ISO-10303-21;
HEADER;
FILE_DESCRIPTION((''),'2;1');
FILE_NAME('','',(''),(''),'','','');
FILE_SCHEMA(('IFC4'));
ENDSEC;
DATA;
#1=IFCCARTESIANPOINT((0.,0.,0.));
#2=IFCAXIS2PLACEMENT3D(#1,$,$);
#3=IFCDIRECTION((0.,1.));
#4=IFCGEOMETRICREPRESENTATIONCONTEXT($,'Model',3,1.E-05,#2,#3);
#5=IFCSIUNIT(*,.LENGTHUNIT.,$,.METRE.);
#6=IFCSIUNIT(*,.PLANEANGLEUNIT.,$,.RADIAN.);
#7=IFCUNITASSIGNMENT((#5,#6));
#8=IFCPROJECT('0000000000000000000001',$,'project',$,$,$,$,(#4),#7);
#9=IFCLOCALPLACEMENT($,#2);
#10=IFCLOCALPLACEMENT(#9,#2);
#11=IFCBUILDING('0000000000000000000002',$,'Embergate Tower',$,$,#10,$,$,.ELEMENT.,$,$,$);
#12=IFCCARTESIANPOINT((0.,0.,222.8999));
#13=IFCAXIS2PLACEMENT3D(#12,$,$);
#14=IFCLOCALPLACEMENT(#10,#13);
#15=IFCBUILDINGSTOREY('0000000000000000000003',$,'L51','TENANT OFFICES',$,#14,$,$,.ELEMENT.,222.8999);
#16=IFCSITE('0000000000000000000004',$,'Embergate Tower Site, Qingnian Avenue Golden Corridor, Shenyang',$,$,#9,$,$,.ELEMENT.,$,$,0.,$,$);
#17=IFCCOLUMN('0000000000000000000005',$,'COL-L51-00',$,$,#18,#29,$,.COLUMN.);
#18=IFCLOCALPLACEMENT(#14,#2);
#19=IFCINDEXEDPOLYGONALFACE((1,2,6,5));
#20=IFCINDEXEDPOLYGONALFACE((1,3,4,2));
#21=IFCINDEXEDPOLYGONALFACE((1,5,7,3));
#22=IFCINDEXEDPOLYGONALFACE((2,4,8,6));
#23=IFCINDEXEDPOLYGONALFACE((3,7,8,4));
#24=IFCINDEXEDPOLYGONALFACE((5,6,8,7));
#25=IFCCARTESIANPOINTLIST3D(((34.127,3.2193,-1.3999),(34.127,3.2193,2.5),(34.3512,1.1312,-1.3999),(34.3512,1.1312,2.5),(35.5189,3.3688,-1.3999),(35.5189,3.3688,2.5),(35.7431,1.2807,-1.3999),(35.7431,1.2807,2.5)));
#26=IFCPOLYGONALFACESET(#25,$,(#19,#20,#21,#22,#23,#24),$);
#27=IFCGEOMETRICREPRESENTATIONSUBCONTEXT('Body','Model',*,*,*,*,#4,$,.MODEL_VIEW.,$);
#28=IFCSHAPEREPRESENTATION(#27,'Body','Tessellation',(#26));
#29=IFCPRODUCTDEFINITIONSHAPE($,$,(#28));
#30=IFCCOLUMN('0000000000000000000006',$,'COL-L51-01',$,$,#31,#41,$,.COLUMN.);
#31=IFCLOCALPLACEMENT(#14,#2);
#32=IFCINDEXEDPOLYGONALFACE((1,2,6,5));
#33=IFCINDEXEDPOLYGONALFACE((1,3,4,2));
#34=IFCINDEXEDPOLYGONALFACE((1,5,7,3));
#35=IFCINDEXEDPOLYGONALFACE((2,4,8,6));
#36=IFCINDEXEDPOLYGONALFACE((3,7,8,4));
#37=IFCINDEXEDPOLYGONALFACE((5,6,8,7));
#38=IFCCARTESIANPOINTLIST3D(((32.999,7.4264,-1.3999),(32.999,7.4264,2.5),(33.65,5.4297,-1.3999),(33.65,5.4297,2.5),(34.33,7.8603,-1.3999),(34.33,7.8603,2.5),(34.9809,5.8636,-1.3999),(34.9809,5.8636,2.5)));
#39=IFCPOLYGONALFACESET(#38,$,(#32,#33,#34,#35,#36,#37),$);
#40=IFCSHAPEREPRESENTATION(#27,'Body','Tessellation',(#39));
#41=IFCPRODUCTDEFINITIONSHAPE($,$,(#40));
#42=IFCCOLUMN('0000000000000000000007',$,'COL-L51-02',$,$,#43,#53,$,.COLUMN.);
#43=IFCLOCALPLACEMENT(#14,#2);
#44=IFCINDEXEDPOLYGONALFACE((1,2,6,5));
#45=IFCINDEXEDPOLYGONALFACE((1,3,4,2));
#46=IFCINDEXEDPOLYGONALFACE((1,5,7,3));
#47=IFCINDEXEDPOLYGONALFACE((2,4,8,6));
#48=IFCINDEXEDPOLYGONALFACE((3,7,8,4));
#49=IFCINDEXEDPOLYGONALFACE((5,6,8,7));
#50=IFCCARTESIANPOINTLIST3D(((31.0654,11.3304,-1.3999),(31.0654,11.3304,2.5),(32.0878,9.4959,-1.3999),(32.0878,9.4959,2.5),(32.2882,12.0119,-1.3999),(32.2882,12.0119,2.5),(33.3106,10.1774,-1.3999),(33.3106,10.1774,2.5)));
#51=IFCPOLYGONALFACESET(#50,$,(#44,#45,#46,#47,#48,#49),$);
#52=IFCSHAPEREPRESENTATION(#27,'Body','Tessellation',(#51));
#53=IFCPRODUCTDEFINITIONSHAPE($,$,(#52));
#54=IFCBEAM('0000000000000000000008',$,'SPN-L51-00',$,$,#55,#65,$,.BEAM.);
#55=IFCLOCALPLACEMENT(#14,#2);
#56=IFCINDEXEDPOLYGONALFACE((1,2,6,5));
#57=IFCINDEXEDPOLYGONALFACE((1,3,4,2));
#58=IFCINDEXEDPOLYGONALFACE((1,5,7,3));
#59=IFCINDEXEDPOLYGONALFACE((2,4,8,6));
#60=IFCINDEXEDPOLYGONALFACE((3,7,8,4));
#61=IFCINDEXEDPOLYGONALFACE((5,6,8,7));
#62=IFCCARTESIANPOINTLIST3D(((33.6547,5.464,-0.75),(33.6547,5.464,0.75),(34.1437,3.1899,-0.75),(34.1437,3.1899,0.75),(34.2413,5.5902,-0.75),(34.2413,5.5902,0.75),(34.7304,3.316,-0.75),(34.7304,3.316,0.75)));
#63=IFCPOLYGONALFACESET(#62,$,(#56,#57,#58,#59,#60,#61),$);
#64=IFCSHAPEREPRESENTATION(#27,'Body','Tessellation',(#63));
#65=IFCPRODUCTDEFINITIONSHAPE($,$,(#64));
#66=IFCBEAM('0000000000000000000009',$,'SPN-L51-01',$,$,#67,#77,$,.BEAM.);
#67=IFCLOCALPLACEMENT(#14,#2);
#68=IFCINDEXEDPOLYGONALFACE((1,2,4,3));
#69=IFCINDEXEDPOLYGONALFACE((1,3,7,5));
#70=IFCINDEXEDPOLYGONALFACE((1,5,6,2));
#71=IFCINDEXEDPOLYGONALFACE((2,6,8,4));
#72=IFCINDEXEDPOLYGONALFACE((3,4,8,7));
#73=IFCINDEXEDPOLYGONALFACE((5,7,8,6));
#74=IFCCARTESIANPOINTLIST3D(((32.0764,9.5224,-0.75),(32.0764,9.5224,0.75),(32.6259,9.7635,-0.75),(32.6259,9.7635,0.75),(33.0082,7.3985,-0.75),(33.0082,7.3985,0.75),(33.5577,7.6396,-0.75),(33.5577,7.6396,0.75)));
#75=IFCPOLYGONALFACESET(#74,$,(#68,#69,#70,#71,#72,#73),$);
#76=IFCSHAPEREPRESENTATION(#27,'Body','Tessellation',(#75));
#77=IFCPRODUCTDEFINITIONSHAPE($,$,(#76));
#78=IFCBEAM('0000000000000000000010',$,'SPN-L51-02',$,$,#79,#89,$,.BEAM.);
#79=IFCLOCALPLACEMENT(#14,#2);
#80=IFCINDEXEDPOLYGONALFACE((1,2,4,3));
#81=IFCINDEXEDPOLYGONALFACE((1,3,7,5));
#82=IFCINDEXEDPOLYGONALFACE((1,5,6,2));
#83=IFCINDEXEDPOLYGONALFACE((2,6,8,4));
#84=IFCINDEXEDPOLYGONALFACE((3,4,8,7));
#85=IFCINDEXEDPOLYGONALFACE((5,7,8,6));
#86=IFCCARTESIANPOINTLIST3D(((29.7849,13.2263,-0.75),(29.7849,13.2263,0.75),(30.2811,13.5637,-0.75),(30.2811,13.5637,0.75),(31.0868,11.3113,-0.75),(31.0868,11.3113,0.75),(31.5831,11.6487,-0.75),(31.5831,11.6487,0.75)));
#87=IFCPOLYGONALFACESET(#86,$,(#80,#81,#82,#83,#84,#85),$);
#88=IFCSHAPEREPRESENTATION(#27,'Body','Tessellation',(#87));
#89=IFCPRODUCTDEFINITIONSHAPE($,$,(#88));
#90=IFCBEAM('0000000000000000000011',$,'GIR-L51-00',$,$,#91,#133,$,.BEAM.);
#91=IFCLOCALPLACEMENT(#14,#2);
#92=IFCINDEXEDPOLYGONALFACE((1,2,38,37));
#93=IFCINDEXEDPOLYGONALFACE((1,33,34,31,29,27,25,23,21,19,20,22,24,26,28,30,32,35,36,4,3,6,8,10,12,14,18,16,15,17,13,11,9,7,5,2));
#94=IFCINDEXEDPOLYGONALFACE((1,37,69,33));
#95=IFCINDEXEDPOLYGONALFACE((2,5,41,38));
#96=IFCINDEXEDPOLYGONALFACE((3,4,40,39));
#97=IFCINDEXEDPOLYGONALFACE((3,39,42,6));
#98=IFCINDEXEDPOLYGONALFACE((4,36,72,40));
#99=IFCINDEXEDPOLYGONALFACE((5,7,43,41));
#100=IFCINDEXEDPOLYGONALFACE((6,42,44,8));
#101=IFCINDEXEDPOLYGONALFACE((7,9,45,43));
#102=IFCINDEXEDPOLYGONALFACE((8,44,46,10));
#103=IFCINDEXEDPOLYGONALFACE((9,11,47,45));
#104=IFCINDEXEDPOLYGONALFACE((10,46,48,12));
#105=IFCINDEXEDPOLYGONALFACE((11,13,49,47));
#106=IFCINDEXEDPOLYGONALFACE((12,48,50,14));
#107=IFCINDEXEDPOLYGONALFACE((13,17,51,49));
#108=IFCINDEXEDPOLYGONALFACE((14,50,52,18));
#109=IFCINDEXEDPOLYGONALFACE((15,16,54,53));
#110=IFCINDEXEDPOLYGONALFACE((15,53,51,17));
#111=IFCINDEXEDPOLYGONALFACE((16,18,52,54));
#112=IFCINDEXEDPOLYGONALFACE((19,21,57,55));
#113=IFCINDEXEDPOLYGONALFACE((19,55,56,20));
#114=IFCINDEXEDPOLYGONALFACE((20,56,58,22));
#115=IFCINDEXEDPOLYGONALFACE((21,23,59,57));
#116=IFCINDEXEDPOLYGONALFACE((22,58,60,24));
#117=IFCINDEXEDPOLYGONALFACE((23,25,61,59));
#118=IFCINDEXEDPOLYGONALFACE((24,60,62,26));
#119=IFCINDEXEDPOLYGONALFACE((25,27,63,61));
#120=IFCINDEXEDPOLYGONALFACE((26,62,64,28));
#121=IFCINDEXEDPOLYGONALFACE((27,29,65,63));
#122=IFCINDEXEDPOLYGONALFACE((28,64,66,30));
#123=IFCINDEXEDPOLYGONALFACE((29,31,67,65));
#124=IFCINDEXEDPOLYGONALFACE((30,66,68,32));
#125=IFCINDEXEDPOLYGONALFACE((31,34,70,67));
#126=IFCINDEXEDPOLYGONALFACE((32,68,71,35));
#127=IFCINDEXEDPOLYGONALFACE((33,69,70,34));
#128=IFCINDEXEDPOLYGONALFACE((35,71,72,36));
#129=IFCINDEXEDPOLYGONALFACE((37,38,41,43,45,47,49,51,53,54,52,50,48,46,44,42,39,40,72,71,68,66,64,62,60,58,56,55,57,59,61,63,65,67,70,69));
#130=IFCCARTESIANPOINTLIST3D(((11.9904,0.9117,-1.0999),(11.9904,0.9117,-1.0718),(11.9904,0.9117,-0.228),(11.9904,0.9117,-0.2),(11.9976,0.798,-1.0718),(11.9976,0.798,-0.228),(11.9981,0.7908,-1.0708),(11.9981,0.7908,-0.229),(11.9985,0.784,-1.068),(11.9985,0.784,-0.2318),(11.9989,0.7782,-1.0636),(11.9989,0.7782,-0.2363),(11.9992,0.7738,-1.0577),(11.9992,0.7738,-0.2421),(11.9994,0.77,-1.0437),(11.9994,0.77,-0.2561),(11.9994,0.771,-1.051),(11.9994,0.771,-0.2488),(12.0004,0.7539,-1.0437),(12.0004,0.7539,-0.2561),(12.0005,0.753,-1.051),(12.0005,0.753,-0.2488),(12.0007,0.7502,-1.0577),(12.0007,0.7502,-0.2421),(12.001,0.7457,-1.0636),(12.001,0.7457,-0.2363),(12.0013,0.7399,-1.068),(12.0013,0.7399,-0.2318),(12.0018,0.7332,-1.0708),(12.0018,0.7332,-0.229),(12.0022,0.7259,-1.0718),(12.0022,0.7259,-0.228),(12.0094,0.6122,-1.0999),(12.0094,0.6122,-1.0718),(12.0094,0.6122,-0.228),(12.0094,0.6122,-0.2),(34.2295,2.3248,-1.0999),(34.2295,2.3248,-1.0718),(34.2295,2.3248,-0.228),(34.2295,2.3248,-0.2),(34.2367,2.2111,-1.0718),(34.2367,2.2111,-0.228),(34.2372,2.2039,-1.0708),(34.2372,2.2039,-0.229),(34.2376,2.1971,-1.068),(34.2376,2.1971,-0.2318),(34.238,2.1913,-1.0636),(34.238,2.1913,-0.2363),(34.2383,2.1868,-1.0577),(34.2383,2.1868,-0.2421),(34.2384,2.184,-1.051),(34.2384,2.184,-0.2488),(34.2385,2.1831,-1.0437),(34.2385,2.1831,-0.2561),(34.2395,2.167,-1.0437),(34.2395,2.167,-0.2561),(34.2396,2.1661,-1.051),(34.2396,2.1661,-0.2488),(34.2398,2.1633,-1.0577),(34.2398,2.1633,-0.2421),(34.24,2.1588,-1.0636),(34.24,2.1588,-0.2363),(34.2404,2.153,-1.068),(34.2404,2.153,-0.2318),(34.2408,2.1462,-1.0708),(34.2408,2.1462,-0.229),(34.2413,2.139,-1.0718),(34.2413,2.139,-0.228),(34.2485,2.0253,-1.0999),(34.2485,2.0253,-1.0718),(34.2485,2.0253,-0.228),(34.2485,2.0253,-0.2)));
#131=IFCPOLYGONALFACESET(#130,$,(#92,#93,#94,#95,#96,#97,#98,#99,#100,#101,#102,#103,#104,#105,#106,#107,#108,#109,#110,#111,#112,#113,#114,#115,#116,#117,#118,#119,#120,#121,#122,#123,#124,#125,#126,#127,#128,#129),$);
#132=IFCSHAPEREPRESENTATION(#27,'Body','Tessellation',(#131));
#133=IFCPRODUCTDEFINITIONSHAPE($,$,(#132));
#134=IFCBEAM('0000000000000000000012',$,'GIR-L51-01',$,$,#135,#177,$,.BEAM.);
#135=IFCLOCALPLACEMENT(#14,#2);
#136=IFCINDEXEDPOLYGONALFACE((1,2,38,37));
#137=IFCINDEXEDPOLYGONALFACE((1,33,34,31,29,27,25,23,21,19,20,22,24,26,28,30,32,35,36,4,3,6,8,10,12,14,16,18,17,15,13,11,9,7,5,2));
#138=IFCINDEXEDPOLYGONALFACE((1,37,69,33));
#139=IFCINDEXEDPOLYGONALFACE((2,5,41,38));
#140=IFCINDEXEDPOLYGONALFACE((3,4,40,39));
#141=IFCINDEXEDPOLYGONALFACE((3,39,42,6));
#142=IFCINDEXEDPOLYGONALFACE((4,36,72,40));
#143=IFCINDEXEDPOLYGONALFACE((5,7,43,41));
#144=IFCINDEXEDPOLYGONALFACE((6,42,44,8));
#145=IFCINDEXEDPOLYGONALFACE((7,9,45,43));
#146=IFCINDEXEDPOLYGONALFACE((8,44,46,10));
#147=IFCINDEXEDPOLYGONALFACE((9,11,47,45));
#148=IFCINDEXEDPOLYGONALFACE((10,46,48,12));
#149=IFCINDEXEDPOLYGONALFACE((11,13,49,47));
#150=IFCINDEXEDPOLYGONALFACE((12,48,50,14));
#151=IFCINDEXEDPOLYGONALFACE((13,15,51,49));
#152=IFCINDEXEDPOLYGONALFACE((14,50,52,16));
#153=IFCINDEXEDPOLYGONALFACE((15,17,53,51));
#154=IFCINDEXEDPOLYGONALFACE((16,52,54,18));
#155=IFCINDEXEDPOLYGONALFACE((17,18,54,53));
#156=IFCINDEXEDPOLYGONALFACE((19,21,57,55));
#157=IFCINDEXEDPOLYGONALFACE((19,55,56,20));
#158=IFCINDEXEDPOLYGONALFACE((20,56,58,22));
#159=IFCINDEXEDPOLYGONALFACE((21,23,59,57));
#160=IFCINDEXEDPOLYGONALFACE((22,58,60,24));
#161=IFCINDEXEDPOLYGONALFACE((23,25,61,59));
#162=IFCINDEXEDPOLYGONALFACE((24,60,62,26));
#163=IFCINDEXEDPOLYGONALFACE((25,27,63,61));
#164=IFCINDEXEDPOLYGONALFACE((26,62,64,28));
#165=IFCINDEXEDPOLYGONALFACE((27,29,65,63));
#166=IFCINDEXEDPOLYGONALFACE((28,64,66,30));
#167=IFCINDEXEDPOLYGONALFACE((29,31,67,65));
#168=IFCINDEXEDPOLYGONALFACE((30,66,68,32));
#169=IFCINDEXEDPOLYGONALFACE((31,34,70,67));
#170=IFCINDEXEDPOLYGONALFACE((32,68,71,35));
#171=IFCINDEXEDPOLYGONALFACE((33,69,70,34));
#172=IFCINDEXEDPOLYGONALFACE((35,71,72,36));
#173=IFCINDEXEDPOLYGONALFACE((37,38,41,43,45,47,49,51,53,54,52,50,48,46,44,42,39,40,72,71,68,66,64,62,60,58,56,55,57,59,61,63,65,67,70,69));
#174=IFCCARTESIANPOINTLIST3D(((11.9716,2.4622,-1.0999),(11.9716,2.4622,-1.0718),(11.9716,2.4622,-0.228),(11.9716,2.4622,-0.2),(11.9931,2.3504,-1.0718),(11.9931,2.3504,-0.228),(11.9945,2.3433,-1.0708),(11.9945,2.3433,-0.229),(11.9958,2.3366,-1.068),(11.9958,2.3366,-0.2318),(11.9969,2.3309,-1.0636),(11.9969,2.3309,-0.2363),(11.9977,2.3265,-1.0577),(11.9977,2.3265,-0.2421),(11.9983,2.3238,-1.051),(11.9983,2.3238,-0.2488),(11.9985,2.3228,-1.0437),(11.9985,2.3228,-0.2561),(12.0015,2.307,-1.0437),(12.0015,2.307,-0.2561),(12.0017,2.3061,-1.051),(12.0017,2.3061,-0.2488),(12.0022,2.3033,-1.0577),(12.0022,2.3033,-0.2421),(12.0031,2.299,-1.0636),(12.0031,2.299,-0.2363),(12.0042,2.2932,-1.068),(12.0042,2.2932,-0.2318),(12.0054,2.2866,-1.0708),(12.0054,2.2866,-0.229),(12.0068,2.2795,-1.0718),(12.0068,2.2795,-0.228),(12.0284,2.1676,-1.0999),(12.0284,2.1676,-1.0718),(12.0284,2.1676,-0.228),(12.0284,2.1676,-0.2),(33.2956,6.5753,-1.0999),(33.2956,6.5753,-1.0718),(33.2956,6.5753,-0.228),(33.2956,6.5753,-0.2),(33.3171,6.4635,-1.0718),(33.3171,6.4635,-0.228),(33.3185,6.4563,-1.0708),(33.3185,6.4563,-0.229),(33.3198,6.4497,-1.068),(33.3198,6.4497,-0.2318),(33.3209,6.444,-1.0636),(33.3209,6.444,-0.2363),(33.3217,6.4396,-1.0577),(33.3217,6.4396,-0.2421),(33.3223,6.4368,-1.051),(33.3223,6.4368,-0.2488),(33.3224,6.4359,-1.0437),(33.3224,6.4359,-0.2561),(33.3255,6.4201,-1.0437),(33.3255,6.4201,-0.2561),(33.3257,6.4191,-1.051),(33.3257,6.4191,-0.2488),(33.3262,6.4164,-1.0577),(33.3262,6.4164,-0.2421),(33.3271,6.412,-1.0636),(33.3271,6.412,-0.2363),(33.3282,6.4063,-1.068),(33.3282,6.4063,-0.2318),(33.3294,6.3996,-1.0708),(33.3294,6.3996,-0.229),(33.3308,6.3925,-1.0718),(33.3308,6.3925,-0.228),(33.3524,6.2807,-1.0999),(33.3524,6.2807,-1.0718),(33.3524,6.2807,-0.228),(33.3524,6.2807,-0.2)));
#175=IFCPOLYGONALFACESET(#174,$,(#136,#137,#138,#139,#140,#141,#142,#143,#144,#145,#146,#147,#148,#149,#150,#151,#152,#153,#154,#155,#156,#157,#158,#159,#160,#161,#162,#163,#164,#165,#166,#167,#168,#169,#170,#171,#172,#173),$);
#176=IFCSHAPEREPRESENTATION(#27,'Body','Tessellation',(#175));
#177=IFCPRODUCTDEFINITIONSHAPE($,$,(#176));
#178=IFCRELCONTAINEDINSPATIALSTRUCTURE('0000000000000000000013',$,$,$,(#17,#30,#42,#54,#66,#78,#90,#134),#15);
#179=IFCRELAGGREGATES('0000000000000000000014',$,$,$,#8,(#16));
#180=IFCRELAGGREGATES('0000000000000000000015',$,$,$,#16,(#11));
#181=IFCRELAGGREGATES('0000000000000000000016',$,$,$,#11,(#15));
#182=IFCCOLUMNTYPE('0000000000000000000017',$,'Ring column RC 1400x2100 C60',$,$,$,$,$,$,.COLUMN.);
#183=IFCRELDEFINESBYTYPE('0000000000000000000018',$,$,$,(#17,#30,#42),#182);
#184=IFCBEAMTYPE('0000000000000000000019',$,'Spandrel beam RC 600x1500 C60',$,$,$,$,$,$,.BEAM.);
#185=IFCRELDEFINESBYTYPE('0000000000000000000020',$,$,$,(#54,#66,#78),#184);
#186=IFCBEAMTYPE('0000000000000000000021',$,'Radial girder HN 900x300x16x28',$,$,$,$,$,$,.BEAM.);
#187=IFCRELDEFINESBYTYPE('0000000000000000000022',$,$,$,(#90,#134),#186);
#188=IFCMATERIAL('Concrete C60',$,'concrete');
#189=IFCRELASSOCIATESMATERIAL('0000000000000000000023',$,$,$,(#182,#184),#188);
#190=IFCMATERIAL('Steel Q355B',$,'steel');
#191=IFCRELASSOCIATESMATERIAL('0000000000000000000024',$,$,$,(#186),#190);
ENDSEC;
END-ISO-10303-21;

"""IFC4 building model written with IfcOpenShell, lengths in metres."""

from ifc_helpers import new_model, si_unit, direction, frame, origin, origin_2d, place, context, subcontext, project, spatial, rectangle, i_section, extrude, source, transform, mapped, material, material_profile, profile_set, type_object, element, save


model = new_model("IFC4")

# Units and contexts
model_context = context("Model", 3, precision=1e-05, world=origin(), true_north=direction((0.0, 1.0)))
body_context = subcontext(model_context, "Body", "Model", "MODEL_VIEW")
ifc_project = project(units=[si_unit("LENGTHUNIT", "METRE"), si_unit("PLANEANGLEUNIT", "RADIAN")], contexts=[model_context])

# Site, building, storey
site_placement = place(None, origin())
site = spatial("IfcSite", under=ifc_project, at=site_placement, Name="Embergate Tower Site, Qingnian Avenue Golden Corridor, Shenyang", CompositionType="ELEMENT", RefElevation=0.0)
building_placement = place(site_placement, origin())
building = spatial("IfcBuilding", under=site, at=building_placement, Name="Embergate Tower", CompositionType="ELEMENT")
storey_placement = place(building_placement, frame((0.0, 0.0, 222.8999)))
storey = spatial("IfcBuildingStorey", under=building, at=storey_placement, Name="L51", Description="TENANT OFFICES", CompositionType="ELEMENT", Elevation=222.8999)

# Columns
ifc_material_1 = material(Name="Concrete C60", Category="concrete")
ifc_material_profile_1 = material_profile(ifc_material_1, rectangle(XDim=1.3999, YDim=2.1001, at=origin_2d()), Name="RC 1400x2100")
ifc_profile_set_1 = profile_set([ifc_material_profile_1], Name="Concrete C60")
column_type = type_object("IfcColumnType", Name="Ring column RC 1400x2100 C60", PredefinedType="COLUMN", material=ifc_profile_set_1)
shared_shape_1 = source(origin(), body_context, "Body", "SweptSolid", [
    extrude(rectangle(XDim=1.3999, YDim=2.1001, at=origin_2d()), origin(), (0.0, 0.0, 1.0), 3.8999),
])
for number, where, z_axis, x_axis, name in (
    (1, (34.9351, 2.25, -1.3999), (0.0, 0.0, 1.0), (0.994286, 0.10675, 0.0), "COL-L51-00"),
    (2, (33.99, 6.645, -1.3999), (0.0, 0.0, 1.0), (0.950754, 0.309946, 0.0), "COL-L51-01"),
    (3, (32.188, 10.7539, -1.3999), (0.0, 0.0, 1.0), (0.8735, 0.486823, 0.0), "COL-L51-02"),
):
    element("IfcColumn", number, at=place(storey_placement, frame(where, z_axis=z_axis, x_axis=x_axis)), inside=storey, type_object=column_type, Name=name, PredefinedType="COLUMN", context=body_context, shape_type="MappedRepresentation", body=[
        mapped(shared_shape_1, transform((0.0, 0.0, 0.0))),
    ])

# Beams
ifc_material_profile_2 = material_profile(ifc_material_1, rectangle(XDim=0.6001, YDim=1.5, at=origin_2d()), Name="RC 600x1500")
ifc_profile_set_2 = profile_set([ifc_material_profile_2], Name="Concrete C60")
beam_type_1 = type_object("IfcBeamType", Name="Spandrel beam RC 600x1500 C60", PredefinedType="BEAM", material=ifc_profile_set_2)
shared_shape_2 = source(origin(), body_context, "Body", "SweptSolid", [
    extrude(rectangle(XDim=0.6001, YDim=1.5, at=origin_2d()), origin(), (0.0, 0.0, 1.0), 2.3262),
])
beam_1_placement = place(storey_placement, frame((34.437, 3.2529, 0.0), z_axis=(-0.210224, 0.977653, 0.0), x_axis=(-0.977653, -0.210224, 0.0)))
element("IfcBeam", 4, at=beam_1_placement, inside=storey, type_object=beam_type_1, Name="SPN-L51-00", PredefinedType="BEAM", context=body_context, shape_type="MappedRepresentation", body=[
    mapped(shared_shape_2, transform((0.0, 0.0, 0.0))),
])
shared_shape_3 = source(origin(), body_context, "Body", "SweptSolid", [
    extrude(rectangle(XDim=0.6001, YDim=1.5, at=origin_2d()), origin(), (0.0, 0.0, 1.0), 2.3193),
])
beam_2_placement = place(storey_placement, frame((33.283, 7.519, 0.0), z_axis=(-0.401768, 0.915741, 0.0), x_axis=(-0.915741, -0.401768, 0.0)))
element("IfcBeam", 5, at=beam_2_placement, inside=storey, type_object=beam_type_1, Name="SPN-L51-01", PredefinedType="BEAM", context=body_context, shape_type="MappedRepresentation", body=[
    mapped(shared_shape_3, transform((0.0, 0.0, 0.0))),
])
shared_shape_4 = source(origin(), body_context, "Body", "SweptSolid", [
    extrude(rectangle(XDim=0.6001, YDim=1.5, at=origin_2d()), origin(), (0.0, 0.0, 1.0), 2.3157),
])
beam_3_placement = place(storey_placement, frame((31.335, 11.48, 0.0), z_axis=(-0.562244, 0.826972, 0.0), x_axis=(-0.826972, -0.562244, 0.0)))
element("IfcBeam", 6, at=beam_3_placement, inside=storey, type_object=beam_type_1, Name="SPN-L51-02", PredefinedType="BEAM", context=body_context, shape_type="MappedRepresentation", body=[
    mapped(shared_shape_4, transform((0.0, 0.0, 0.0))),
])
ifc_material_2 = material(Name="Steel Q355B", Category="steel")
ifc_material_profile_3 = material_profile(ifc_material_2, i_section(OverallWidth=0.3, OverallDepth=0.8999, WebThickness=0.0161, FlangeThickness=0.0281, FilletRadius=0.0281, at=origin_2d()), Name="HN 900x300x16x28")
ifc_profile_set_3 = profile_set([ifc_material_profile_3], Name="Steel Q355 grade B")
beam_type_2 = type_object("IfcBeamType", Name="Radial girder HN 900x300x16x28", PredefinedType="BEAM", material=ifc_profile_set_3)
shared_shape_5 = source(origin(), body_context, "Body", "SweptSolid", [
    extrude(i_section(OverallWidth=0.3, OverallDepth=0.8999, WebThickness=0.0161, FlangeThickness=0.0281, FilletRadius=0.0281, at=origin_2d()), origin(), (0.0, 0.0, 1.0), 22.2839),
])
beam_4_placement = place(storey_placement, frame((34.239, 2.175, -0.6499), z_axis=(-0.997987, -0.063413, 0.0), x_axis=(0.063413, -0.997987, 0.0)))
element("IfcBeam", 7, at=beam_4_placement, inside=storey, type_object=beam_type_2, Name="GIR-L51-00", PredefinedType="BEAM", context=body_context, shape_type="MappedRepresentation", body=[
    mapped(shared_shape_5, transform((0.0, 0.0, 0.0))),
])
shared_shape_6 = source(origin(), body_context, "Body", "SweptSolid", [
    extrude(i_section(OverallWidth=0.3, OverallDepth=0.8999, WebThickness=0.0161, FlangeThickness=0.0281, FilletRadius=0.0281, at=origin_2d()), origin(), (0.0, 0.0, 1.0), 21.717),
])
beam_5_placement = place(storey_placement, frame((33.324, 6.428, -0.6499), z_axis=(-0.981901, -0.189392, 0.0), x_axis=(0.189392, -0.981901, 0.0)))
element("IfcBeam", 8, at=beam_5_placement, inside=storey, type_object=beam_type_2, Name="GIR-L51-01", PredefinedType="BEAM", context=body_context, shape_type="MappedRepresentation", body=[
    mapped(shared_shape_6, transform((0.0, 0.0, 0.0))),
])

save(model, "model.ifc")
